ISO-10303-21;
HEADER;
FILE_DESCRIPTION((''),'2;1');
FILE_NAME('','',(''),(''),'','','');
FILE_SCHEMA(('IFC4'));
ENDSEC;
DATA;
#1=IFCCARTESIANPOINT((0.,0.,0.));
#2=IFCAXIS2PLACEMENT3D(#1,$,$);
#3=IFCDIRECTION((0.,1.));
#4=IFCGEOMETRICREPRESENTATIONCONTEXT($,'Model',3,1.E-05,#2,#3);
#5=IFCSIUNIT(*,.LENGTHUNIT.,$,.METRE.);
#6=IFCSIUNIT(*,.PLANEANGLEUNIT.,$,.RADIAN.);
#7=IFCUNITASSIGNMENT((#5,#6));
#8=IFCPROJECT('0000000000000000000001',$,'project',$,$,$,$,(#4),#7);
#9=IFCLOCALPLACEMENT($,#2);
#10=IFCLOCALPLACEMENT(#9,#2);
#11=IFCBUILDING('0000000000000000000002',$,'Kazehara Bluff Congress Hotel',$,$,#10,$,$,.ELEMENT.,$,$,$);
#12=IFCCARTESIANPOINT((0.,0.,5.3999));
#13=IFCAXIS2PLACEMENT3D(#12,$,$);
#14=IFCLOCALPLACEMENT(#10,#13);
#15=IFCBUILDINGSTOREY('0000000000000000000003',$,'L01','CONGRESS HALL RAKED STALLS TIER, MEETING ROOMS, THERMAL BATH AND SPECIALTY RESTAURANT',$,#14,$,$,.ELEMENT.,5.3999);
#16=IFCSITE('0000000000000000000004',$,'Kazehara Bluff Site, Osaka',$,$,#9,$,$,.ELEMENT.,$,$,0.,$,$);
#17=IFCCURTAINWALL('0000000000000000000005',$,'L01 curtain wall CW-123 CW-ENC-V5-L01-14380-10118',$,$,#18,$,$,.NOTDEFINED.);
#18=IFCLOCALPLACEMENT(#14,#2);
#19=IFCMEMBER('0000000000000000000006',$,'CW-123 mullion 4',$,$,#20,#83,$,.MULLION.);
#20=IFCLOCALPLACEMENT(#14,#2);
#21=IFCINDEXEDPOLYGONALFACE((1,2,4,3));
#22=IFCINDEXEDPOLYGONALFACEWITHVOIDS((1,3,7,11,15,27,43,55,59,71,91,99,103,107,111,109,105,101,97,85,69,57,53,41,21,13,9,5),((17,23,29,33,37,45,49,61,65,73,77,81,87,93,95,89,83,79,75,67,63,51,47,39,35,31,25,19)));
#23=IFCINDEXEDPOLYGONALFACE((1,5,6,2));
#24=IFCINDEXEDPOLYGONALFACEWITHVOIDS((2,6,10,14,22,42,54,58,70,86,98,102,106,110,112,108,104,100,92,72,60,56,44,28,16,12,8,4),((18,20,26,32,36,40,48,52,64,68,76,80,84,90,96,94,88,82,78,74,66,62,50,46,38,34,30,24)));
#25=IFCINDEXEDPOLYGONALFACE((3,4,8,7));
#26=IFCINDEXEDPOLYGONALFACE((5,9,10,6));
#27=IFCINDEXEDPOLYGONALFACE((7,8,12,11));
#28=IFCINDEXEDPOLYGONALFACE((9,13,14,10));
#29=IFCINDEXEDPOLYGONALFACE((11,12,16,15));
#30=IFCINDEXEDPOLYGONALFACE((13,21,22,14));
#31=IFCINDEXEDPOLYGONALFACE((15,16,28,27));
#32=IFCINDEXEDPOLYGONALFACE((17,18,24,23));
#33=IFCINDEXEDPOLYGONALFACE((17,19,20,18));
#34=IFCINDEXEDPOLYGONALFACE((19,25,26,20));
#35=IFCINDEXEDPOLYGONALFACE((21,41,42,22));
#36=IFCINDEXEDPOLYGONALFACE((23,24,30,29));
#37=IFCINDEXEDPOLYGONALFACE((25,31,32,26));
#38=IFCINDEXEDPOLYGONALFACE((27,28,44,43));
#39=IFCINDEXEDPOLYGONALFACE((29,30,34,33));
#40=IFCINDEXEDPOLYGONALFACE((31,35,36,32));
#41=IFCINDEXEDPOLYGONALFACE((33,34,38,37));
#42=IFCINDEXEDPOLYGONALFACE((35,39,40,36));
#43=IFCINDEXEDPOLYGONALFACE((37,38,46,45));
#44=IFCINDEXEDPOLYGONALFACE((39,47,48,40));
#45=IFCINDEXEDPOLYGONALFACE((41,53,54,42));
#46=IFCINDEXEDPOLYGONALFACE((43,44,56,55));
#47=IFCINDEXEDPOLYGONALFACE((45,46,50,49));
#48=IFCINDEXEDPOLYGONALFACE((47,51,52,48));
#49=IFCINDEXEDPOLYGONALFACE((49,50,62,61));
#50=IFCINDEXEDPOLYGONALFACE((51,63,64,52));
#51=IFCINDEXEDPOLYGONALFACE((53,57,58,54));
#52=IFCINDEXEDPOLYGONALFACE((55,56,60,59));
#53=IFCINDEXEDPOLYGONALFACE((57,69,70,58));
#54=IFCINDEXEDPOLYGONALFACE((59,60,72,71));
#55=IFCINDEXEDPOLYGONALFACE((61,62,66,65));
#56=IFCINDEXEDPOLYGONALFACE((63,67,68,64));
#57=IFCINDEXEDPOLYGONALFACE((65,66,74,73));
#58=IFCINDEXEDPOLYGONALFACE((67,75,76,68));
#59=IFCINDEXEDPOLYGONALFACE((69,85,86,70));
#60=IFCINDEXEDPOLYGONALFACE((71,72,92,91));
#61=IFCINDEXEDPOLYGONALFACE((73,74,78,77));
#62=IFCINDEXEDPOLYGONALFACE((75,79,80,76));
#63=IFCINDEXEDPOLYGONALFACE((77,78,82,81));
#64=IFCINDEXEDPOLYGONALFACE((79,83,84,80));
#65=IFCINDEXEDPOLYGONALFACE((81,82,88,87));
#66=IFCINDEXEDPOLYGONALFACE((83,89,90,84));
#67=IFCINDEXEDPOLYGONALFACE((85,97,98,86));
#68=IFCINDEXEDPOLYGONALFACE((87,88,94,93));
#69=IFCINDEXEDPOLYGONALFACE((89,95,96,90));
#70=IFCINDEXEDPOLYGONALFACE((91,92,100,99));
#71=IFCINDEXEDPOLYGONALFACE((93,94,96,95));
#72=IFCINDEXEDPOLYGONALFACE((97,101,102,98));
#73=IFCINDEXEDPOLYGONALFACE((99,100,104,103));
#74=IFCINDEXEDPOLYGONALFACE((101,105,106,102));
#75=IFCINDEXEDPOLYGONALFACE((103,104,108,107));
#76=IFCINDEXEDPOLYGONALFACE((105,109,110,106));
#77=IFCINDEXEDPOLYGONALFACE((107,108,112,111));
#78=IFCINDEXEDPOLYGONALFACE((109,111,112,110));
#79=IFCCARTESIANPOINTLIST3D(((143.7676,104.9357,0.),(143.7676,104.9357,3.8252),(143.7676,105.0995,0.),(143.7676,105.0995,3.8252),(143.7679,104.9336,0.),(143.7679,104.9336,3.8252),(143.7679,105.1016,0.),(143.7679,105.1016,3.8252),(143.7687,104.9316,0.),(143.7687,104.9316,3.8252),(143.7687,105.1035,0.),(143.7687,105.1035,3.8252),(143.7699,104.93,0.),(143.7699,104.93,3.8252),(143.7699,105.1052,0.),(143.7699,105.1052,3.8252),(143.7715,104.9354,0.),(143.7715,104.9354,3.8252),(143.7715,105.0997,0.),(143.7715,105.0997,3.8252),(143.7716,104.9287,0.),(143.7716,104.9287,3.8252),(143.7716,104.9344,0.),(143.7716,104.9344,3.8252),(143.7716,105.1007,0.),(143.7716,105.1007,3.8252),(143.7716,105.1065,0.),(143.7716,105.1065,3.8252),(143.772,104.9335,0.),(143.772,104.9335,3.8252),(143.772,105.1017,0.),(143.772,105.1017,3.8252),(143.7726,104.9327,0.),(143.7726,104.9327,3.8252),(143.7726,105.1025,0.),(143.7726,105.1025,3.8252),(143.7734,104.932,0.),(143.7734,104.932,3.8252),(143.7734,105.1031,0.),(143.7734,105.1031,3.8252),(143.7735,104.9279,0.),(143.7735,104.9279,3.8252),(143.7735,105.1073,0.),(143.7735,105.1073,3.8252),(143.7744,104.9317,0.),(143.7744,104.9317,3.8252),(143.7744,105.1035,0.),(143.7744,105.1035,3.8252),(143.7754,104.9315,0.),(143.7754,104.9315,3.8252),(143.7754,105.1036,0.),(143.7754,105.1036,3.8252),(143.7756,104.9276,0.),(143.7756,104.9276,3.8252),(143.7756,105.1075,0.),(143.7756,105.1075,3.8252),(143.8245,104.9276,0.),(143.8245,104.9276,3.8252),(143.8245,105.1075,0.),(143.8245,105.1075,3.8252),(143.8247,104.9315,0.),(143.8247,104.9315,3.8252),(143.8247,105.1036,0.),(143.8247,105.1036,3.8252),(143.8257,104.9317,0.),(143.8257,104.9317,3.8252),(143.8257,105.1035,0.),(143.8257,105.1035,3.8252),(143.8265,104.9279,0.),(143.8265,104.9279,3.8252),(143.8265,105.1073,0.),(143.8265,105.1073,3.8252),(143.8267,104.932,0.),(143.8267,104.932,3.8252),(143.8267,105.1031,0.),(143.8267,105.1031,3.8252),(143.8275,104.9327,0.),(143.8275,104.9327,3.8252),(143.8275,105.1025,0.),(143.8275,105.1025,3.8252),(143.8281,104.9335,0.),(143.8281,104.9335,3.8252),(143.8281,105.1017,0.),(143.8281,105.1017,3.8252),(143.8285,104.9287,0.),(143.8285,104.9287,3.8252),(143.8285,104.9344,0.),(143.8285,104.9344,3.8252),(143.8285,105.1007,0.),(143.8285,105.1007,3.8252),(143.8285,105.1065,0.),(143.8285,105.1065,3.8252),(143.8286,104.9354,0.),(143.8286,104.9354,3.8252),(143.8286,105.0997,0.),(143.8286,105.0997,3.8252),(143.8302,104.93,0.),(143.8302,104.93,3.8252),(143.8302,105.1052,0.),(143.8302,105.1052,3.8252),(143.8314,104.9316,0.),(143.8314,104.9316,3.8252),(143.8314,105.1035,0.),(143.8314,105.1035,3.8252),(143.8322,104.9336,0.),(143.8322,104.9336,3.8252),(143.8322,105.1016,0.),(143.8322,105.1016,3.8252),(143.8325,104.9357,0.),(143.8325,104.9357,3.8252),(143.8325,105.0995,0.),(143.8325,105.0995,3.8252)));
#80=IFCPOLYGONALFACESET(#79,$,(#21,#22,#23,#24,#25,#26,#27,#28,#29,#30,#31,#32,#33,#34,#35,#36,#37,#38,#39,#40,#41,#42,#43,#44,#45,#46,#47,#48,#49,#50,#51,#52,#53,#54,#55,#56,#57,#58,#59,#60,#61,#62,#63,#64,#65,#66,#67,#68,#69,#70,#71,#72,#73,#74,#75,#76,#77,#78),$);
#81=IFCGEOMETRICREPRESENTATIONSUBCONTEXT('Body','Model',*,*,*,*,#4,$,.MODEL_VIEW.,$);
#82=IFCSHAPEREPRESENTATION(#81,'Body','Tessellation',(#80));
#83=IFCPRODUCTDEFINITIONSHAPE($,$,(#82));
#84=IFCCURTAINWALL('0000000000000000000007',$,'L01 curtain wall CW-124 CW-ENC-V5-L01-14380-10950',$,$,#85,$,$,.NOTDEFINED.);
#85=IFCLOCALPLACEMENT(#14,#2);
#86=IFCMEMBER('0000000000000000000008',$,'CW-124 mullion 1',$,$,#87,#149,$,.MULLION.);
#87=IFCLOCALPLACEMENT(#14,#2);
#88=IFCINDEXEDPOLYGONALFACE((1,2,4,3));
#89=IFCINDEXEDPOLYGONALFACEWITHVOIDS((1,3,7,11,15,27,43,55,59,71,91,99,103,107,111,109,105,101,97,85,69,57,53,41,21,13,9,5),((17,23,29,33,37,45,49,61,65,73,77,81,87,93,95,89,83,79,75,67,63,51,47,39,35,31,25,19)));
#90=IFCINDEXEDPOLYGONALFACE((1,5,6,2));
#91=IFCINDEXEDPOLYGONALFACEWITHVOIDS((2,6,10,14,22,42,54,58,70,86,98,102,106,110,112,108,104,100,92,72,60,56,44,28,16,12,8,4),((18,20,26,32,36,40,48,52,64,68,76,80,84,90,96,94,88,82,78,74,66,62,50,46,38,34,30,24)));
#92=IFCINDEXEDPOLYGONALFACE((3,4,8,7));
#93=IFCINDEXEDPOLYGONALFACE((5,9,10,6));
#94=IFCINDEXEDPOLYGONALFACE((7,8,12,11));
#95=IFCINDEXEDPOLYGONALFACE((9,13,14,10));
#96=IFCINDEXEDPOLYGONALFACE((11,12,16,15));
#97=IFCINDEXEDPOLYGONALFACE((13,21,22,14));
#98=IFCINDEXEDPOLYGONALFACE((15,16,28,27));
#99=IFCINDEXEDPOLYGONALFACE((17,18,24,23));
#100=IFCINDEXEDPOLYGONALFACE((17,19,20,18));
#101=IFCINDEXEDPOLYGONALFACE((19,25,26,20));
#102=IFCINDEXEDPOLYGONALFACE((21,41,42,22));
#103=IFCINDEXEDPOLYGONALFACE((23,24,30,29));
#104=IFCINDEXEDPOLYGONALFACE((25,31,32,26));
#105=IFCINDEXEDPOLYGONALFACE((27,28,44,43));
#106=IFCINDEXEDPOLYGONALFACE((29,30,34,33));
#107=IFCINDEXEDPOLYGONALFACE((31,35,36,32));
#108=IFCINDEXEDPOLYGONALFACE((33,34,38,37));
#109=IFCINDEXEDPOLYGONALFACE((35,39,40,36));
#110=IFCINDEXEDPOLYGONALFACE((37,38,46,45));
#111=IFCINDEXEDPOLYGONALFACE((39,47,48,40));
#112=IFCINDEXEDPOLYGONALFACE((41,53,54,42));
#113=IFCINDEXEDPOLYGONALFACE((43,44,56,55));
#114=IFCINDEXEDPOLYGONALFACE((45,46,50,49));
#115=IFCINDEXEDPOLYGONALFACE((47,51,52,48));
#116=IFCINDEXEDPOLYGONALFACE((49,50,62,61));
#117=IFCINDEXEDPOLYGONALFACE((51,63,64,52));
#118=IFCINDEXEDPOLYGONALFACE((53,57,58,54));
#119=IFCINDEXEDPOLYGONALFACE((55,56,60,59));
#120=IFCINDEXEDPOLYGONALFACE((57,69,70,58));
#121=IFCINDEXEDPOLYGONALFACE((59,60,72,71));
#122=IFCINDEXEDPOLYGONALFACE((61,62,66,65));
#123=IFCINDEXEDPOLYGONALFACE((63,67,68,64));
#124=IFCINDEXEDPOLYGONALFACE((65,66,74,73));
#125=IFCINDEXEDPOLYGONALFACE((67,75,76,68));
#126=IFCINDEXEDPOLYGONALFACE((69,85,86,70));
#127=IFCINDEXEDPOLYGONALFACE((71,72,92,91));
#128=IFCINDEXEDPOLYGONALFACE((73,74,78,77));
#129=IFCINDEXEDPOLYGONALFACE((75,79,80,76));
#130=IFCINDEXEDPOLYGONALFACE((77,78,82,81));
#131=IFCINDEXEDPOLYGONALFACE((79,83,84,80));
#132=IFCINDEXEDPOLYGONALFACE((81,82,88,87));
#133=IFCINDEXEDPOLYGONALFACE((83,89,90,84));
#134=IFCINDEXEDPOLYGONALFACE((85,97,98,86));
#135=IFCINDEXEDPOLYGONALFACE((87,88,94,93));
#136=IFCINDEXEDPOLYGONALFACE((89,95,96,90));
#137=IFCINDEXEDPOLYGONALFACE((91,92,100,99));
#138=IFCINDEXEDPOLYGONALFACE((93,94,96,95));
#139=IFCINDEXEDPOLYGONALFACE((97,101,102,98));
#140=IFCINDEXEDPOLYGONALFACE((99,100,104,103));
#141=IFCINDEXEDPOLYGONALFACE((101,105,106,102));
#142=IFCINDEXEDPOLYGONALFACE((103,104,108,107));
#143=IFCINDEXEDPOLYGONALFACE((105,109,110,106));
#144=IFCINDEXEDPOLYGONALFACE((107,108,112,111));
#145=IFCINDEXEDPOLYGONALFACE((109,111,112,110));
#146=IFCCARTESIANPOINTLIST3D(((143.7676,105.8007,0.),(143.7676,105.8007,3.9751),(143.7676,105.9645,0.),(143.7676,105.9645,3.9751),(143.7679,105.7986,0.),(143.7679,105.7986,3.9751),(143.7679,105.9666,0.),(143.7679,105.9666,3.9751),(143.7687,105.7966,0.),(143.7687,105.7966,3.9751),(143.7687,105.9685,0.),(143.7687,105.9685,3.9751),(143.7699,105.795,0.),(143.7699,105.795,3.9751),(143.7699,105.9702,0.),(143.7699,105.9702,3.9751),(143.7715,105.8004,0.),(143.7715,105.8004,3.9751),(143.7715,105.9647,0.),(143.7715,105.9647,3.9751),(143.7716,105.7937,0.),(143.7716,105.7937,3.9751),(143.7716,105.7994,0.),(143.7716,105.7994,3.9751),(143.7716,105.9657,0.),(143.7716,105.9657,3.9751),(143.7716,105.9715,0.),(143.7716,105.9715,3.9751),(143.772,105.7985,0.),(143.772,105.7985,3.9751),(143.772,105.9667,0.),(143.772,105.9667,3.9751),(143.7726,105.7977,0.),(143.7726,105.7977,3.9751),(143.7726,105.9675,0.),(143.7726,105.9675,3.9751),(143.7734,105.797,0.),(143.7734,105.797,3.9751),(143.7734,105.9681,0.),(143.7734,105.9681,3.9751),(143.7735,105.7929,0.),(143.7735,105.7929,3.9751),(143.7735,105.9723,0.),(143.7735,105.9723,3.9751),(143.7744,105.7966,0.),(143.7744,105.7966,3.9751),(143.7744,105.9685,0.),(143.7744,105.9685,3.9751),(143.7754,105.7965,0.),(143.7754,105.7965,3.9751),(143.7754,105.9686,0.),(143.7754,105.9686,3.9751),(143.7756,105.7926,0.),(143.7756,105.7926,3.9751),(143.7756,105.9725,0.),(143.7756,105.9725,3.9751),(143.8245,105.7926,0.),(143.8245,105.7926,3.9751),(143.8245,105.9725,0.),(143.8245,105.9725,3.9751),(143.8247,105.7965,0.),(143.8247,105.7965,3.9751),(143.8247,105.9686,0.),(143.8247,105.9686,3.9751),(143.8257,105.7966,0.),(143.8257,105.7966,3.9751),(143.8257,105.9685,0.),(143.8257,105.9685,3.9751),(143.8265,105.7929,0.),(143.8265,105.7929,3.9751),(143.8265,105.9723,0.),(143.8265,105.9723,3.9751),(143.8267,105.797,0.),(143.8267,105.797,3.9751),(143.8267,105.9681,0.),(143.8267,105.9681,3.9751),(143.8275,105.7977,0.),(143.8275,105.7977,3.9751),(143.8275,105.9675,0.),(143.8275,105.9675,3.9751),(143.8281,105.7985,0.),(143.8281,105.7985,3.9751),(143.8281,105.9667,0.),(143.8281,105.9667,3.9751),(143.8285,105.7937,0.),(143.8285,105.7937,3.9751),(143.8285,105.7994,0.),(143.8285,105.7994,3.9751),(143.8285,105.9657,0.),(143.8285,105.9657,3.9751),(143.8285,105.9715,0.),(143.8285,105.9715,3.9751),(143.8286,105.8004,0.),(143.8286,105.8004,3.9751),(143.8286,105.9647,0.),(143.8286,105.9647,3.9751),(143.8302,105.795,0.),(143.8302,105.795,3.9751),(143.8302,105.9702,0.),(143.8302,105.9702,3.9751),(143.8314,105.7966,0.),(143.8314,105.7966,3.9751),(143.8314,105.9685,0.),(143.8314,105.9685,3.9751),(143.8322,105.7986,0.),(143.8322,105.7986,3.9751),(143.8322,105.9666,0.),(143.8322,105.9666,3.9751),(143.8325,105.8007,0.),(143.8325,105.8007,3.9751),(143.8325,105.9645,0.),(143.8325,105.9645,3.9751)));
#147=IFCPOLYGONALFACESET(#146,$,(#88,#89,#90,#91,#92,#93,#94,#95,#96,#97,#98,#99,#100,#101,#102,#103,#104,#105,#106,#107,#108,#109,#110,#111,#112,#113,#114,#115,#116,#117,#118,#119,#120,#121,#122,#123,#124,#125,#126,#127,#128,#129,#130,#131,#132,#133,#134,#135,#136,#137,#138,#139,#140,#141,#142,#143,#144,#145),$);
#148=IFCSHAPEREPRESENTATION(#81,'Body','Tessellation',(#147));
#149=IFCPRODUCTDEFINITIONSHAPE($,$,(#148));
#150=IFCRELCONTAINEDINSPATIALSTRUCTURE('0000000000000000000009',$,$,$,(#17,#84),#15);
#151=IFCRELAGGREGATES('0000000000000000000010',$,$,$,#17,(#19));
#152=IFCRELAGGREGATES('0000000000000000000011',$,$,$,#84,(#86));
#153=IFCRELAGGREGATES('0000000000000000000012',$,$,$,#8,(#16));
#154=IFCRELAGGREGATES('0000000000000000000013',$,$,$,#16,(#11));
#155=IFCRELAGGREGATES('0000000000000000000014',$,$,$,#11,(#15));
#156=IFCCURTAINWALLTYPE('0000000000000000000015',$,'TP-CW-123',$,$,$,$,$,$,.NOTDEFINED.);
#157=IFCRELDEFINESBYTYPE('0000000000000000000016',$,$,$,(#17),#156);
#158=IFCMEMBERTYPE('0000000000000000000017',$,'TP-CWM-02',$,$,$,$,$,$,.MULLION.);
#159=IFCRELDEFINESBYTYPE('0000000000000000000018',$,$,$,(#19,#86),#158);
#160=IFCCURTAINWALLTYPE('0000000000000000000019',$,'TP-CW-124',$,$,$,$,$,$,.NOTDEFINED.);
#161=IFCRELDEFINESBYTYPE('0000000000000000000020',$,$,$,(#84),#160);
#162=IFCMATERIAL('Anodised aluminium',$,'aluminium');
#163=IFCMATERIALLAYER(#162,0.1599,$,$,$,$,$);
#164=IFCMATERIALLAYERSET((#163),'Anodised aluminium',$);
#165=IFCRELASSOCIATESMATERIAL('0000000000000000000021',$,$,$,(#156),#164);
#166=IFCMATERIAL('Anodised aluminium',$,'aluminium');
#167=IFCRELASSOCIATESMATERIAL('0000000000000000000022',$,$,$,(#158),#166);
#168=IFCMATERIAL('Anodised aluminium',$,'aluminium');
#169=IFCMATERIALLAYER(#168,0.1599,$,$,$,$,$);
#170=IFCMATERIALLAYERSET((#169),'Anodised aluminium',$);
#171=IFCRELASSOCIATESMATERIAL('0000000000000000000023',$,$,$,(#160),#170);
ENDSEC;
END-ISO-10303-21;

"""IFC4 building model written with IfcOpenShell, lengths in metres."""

from ifc_helpers import new_model, si_unit, direction, frame, origin, origin_2d, place, context, subcontext, project, spatial, hollow_rectangle, extrude, material, layer, layer_set, material_profile, profile_set, type_object, element, aggregate, save


model = new_model("IFC4")

# Units and contexts
model_context = context("Model", 3, precision=1e-05, world=origin(), true_north=direction((0.0, 1.0)))
body_context = subcontext(model_context, "Body", "Model", "MODEL_VIEW")
ifc_project = project(units=[si_unit("LENGTHUNIT", "METRE"), si_unit("PLANEANGLEUNIT", "RADIAN")], contexts=[model_context])

# Site, building, storey
site_placement = place(None, origin())
site = spatial("IfcSite", under=ifc_project, at=site_placement, Name="Kazehara Bluff Site, Osaka", CompositionType="ELEMENT", RefElevation=0.0)
building_placement = place(site_placement, origin())
building = spatial("IfcBuilding", under=site, at=building_placement, Name="Kazehara Bluff Congress Hotel", CompositionType="ELEMENT")
storey_placement = place(building_placement, frame((0.0, 0.0, 5.3999)))
storey = spatial("IfcBuildingStorey", under=building, at=storey_placement, Name="L01", Description="CONGRESS HALL RAKED STALLS TIER, MEETING ROOMS, THERMAL BATH AND SPECIALTY RESTAURANT", CompositionType="ELEMENT", Elevation=5.3999)

# Curtain wall, member
ifc_material_1 = material(Name="Anodised aluminium", Category="aluminium")
ifc_layer_1 = layer(ifc_material_1, 0.1599)
ifc_layer_set_1 = layer_set([ifc_layer_1], Name="Anodised aluminium")
curtain_wall_type_1 = type_object("IfcCurtainWallType", Name="TP-CW-123", PredefinedType="NOTDEFINED", material=ifc_layer_set_1)
curtain_wall_1_placement = place(storey_placement, origin())
curtain_wall_1 = element("IfcCurtainWall", 1, at=curtain_wall_1_placement, inside=storey, type_object=curtain_wall_type_1, Name="L01 curtain wall CW-123 CW-ENC-V5-L01-14380-10118", PredefinedType="NOTDEFINED")
ifc_material_2 = material(Name="Anodised aluminium", Category="aluminium")
ifc_material_profile_1 = material_profile(ifc_material_2, hollow_rectangle(XDim=0.0649, YDim=0.1799, WallThickness=0.0039, InnerFilletRadius=0.0039, OuterFilletRadius=0.0081, at=origin_2d()))
ifc_profile_set_1 = profile_set([ifc_material_profile_1], Name="Anodised aluminium")
member_type_1 = type_object("IfcMemberType", Name="TP-CWM-02", PredefinedType="MULLION", material=ifc_profile_set_1)
member_1_placement = place(storey_placement, frame((143.8, 105.0176, 0.0), z_axis=(0.0, 0.0, 1.0), x_axis=(-1.0, 0.0, 0.0)))
member_1 = element("IfcMember", 2, at=member_1_placement, type_object=member_type_1, Name="CW-123 mullion 4", PredefinedType="MULLION", context=body_context, shape_type="SweptSolid", body=[
    extrude(hollow_rectangle(XDim=0.0649, YDim=0.1799, WallThickness=0.0039, InnerFilletRadius=0.0039, OuterFilletRadius=0.0081, at=origin_2d()), origin(), (0.0, 0.0, 1.0), 3.8252),
])

# Curtain wall, member
ifc_material_3 = material(Name="Anodised aluminium", Category="aluminium")
ifc_layer_2 = layer(ifc_material_3, 0.1599)
ifc_layer_set_2 = layer_set([ifc_layer_2], Name="Anodised aluminium")
curtain_wall_type_2 = type_object("IfcCurtainWallType", Name="TP-CW-124", PredefinedType="NOTDEFINED", material=ifc_layer_set_2)
curtain_wall_2_placement = place(storey_placement, origin())
curtain_wall_2 = element("IfcCurtainWall", 3, at=curtain_wall_2_placement, inside=storey, type_object=curtain_wall_type_2, Name="L01 curtain wall CW-124 CW-ENC-V5-L01-14380-10950", PredefinedType="NOTDEFINED")
member_2_placement = place(storey_placement, frame((143.8, 105.8826, 0.0), z_axis=(0.0, 0.0, 1.0), x_axis=(-1.0, 0.0, 0.0)))
member_2 = element("IfcMember", 4, at=member_2_placement, type_object=member_type_1, Name="CW-124 mullion 1", PredefinedType="MULLION", context=body_context, shape_type="SweptSolid", body=[
    extrude(hollow_rectangle(XDim=0.0649, YDim=0.1799, WallThickness=0.0039, InnerFilletRadius=0.0039, OuterFilletRadius=0.0081, at=origin_2d()), origin(), (0.0, 0.0, 1.0), 3.9751),
])

aggregate(curtain_wall_1, [member_1])
aggregate(curtain_wall_2, [member_2])

save(model, "model.ifc")
